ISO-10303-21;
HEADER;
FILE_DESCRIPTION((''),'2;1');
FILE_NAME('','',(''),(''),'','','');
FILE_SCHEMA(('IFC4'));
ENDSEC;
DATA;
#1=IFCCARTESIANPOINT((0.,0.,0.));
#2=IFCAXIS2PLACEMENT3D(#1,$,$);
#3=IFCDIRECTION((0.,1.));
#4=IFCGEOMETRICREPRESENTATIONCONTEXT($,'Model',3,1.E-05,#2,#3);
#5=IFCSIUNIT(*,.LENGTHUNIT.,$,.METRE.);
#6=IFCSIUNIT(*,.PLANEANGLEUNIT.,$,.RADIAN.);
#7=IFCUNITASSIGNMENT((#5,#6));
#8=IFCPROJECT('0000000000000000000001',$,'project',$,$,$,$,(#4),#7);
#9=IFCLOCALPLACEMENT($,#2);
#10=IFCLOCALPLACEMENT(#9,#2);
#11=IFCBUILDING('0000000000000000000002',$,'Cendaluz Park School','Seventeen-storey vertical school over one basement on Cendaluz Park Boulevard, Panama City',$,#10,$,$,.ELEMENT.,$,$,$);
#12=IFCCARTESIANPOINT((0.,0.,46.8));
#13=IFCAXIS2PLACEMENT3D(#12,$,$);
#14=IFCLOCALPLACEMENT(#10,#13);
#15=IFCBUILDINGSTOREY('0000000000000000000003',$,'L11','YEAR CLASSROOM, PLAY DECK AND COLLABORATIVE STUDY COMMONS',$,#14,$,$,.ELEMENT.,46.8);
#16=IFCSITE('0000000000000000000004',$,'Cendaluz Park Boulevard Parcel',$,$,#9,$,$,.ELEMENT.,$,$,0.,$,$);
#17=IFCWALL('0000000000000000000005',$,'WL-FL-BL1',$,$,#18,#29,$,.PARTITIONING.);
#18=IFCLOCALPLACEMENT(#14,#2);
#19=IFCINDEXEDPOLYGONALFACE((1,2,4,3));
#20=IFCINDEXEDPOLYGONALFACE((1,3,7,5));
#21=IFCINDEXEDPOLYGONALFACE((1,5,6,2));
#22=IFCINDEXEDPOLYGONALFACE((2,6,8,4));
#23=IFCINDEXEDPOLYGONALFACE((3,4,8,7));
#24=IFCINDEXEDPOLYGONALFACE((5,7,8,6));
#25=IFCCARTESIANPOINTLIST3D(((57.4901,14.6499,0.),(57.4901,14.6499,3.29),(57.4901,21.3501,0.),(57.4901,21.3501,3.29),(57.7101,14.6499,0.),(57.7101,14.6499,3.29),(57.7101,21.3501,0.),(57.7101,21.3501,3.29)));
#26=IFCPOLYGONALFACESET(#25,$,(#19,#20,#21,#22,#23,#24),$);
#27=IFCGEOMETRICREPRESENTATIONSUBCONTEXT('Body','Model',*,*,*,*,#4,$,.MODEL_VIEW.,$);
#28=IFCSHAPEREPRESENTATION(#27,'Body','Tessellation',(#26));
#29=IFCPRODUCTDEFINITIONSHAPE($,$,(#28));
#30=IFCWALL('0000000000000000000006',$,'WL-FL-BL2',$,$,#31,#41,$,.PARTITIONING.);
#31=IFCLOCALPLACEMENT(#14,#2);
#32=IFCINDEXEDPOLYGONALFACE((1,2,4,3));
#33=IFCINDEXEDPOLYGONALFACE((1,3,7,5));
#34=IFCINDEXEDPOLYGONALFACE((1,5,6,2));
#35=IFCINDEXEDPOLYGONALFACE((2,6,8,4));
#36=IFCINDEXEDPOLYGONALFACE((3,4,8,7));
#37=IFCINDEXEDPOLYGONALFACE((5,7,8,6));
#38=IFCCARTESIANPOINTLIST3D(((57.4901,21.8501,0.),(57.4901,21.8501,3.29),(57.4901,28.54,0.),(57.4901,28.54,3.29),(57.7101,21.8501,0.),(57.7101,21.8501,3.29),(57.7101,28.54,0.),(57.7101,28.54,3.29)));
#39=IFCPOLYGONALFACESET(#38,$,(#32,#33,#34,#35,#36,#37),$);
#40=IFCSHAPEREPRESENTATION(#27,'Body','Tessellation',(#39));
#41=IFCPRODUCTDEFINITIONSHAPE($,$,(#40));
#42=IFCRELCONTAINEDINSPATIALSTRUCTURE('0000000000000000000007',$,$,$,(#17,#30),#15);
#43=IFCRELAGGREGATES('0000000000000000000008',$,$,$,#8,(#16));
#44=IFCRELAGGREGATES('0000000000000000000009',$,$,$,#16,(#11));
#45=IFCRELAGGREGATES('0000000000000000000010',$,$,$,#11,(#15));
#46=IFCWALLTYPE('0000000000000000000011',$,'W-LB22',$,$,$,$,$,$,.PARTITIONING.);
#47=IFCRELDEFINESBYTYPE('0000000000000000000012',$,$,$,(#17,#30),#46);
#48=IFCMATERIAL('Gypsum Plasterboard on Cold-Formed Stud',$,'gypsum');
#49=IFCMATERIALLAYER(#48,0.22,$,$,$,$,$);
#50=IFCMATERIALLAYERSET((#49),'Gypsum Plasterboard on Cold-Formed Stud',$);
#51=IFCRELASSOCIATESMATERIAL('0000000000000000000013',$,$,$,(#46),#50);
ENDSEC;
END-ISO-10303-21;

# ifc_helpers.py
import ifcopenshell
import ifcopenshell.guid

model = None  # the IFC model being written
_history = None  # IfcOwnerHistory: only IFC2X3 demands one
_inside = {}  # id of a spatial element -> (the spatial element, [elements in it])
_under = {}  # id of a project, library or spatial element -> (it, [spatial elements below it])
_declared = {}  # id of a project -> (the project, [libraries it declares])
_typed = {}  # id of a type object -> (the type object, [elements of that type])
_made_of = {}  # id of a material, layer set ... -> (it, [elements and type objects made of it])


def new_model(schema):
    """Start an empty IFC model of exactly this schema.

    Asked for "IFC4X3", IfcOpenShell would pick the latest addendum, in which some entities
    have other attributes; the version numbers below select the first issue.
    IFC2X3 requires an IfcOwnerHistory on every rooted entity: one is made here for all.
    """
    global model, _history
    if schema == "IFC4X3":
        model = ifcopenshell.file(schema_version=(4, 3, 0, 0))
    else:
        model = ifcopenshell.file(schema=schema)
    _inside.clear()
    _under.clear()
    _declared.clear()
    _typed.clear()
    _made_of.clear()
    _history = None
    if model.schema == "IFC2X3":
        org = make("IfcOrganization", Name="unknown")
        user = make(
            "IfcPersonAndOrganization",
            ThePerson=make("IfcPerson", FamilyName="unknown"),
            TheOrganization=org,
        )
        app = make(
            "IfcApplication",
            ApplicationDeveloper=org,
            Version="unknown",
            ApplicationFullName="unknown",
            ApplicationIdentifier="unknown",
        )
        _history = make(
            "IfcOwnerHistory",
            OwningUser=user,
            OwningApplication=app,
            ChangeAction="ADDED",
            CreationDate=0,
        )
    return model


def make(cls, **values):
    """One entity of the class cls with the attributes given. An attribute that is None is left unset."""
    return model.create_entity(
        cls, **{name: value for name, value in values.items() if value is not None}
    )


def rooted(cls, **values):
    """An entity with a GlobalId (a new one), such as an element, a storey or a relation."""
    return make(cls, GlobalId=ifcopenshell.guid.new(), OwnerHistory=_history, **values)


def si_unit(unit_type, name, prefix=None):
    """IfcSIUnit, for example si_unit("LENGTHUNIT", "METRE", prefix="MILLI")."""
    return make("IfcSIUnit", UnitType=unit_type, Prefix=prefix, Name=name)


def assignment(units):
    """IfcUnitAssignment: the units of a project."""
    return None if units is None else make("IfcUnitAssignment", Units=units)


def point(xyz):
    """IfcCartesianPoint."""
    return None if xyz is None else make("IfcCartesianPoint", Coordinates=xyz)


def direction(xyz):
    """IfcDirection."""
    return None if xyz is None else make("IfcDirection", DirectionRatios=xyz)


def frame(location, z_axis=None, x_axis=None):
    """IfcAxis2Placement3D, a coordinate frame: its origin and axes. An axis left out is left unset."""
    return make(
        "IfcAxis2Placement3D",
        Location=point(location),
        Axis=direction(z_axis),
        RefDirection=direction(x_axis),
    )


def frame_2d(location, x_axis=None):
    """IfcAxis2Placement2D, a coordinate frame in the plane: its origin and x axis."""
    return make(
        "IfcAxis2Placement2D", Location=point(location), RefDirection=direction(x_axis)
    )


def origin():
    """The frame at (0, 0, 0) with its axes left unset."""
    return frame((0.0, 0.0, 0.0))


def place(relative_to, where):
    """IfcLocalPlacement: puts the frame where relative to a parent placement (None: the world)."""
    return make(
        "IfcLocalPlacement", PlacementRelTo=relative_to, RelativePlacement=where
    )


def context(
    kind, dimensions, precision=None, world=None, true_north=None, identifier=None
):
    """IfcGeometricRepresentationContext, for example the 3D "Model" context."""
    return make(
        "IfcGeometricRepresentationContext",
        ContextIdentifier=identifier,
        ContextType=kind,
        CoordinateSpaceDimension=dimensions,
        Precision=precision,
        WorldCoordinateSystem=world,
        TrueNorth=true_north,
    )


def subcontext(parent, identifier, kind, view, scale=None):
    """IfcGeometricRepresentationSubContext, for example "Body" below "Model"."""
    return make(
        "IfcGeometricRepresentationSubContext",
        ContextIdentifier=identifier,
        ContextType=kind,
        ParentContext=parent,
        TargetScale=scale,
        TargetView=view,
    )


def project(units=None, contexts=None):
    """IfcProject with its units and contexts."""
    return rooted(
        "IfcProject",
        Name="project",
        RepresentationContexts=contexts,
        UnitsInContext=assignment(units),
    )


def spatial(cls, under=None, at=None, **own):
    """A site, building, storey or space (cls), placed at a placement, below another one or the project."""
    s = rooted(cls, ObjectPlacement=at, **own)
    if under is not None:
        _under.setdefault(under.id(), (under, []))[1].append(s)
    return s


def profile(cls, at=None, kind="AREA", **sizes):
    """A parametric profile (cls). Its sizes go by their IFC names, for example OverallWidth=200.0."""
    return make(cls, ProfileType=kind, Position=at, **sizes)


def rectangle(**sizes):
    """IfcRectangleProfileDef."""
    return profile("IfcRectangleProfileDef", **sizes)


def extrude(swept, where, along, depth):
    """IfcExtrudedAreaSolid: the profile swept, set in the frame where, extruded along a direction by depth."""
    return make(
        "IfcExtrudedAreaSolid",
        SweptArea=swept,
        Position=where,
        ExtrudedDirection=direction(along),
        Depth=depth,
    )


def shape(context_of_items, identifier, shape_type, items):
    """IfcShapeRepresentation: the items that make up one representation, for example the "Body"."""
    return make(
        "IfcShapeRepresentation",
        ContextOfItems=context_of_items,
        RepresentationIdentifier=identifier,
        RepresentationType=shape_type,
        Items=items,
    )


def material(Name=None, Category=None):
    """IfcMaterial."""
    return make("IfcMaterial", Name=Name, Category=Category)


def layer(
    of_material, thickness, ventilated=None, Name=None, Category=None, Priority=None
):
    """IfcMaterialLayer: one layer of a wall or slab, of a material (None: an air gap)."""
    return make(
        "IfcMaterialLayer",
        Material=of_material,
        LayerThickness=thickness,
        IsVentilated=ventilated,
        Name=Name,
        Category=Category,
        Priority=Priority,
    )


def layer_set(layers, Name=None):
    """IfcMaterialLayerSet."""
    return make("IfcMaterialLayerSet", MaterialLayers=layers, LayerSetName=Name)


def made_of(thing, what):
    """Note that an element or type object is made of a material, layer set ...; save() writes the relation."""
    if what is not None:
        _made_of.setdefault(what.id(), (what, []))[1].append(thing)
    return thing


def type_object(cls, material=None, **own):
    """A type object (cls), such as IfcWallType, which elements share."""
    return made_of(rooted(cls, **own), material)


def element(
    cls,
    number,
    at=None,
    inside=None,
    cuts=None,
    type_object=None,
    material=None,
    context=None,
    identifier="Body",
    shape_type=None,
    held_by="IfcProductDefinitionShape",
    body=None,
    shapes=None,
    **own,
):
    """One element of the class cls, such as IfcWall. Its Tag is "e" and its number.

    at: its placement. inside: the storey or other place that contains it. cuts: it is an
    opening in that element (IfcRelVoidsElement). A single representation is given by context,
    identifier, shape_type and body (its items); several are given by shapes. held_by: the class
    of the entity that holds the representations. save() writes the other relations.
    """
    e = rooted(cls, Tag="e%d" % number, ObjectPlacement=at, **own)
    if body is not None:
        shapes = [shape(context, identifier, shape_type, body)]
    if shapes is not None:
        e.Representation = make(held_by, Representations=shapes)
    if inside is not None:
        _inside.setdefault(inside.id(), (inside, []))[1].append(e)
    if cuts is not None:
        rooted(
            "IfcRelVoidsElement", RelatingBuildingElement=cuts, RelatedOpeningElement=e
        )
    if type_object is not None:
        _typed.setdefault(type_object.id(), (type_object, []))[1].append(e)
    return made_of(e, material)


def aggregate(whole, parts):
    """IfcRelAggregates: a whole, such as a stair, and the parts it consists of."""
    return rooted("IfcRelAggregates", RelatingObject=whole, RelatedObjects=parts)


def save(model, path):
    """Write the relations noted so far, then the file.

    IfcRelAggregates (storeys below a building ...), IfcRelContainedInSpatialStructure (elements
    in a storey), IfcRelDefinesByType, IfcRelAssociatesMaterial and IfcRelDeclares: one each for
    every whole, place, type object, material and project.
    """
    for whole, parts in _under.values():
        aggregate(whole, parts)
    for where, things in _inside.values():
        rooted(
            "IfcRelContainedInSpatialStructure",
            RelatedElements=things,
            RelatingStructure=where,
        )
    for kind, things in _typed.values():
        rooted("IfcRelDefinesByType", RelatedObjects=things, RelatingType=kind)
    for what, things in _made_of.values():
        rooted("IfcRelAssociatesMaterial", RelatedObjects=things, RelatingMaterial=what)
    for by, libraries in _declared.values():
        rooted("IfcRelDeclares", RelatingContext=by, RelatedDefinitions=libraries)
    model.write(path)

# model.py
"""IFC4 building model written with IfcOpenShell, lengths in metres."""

from ifc_helpers import new_model, si_unit, direction, frame, frame_2d, origin, place, context, subcontext, project, spatial, rectangle, extrude, material, layer, layer_set, type_object, element, save


model = new_model("IFC4")

# Units and contexts
model_context = context("Model", 3, precision=1e-05, world=origin(), true_north=direction((0.0, 1.0)))
body_context = subcontext(model_context, "Body", "Model", "MODEL_VIEW")
ifc_project = project(units=[si_unit("LENGTHUNIT", "METRE"), si_unit("PLANEANGLEUNIT", "RADIAN")], contexts=[model_context])

# Site, building, storey
site_placement = place(None, origin())
site = spatial("IfcSite", under=ifc_project, at=site_placement, Name="Cendaluz Park Boulevard Parcel", CompositionType="ELEMENT", RefElevation=0.0)
building_placement = place(site_placement, origin())
building = spatial("IfcBuilding", under=site, at=building_placement, Name="Cendaluz Park School", Description="Seventeen-storey vertical school over one basement on Cendaluz Park Boulevard, Panama City", CompositionType="ELEMENT")
storey_placement = place(building_placement, frame((0.0, 0.0, 46.8)))
storey = spatial("IfcBuildingStorey", under=building, at=storey_placement, Name="L11", Description="YEAR CLASSROOM, PLAY DECK AND COLLABORATIVE STUDY COMMONS", CompositionType="ELEMENT", Elevation=46.8)

# Shared definitions
ifc_material_1 = material(Name="Gypsum Plasterboard on Cold-Formed Stud", Category="gypsum")
ifc_layer_1 = layer(ifc_material_1, 0.22)
ifc_layer_set_1 = layer_set([ifc_layer_1], Name="Gypsum Plasterboard on Cold-Formed Stud")
wall_type_1 = type_object("IfcWallType", Name="W-LB22", PredefinedType="PARTITIONING", material=ifc_layer_set_1)

# Walls
wall_1_placement = place(storey_placement, frame((57.6001, 14.6499, 0.0), z_axis=(0.0, 0.0, 1.0), x_axis=(0.0, 1.0, 0.0)))
element("IfcWall", 1, at=wall_1_placement, inside=storey, type_object=wall_type_1, Name="WL-FL-BL1", PredefinedType="PARTITIONING", context=body_context, shape_type="SweptSolid", body=[
    extrude(rectangle(XDim=6.7002, YDim=0.22, at=frame_2d((3.3501, 0.0))), origin(), (0.0, 0.0, 1.0), 3.29),
])
wall_2_placement = place(storey_placement, frame((57.6001, 21.8501, 0.0), z_axis=(0.0, 0.0, 1.0), x_axis=(0.0, 1.0, 0.0)))
element("IfcWall", 2, at=wall_2_placement, inside=storey, type_object=wall_type_1, Name="WL-FL-BL2", PredefinedType="PARTITIONING", context=body_context, shape_type="SweptSolid", body=[
    extrude(rectangle(XDim=6.6899, YDim=0.22, at=frame_2d((3.345, 0.0))), origin(), (0.0, 0.0, 1.0), 3.29),
])

save(model, "model.ifc")
